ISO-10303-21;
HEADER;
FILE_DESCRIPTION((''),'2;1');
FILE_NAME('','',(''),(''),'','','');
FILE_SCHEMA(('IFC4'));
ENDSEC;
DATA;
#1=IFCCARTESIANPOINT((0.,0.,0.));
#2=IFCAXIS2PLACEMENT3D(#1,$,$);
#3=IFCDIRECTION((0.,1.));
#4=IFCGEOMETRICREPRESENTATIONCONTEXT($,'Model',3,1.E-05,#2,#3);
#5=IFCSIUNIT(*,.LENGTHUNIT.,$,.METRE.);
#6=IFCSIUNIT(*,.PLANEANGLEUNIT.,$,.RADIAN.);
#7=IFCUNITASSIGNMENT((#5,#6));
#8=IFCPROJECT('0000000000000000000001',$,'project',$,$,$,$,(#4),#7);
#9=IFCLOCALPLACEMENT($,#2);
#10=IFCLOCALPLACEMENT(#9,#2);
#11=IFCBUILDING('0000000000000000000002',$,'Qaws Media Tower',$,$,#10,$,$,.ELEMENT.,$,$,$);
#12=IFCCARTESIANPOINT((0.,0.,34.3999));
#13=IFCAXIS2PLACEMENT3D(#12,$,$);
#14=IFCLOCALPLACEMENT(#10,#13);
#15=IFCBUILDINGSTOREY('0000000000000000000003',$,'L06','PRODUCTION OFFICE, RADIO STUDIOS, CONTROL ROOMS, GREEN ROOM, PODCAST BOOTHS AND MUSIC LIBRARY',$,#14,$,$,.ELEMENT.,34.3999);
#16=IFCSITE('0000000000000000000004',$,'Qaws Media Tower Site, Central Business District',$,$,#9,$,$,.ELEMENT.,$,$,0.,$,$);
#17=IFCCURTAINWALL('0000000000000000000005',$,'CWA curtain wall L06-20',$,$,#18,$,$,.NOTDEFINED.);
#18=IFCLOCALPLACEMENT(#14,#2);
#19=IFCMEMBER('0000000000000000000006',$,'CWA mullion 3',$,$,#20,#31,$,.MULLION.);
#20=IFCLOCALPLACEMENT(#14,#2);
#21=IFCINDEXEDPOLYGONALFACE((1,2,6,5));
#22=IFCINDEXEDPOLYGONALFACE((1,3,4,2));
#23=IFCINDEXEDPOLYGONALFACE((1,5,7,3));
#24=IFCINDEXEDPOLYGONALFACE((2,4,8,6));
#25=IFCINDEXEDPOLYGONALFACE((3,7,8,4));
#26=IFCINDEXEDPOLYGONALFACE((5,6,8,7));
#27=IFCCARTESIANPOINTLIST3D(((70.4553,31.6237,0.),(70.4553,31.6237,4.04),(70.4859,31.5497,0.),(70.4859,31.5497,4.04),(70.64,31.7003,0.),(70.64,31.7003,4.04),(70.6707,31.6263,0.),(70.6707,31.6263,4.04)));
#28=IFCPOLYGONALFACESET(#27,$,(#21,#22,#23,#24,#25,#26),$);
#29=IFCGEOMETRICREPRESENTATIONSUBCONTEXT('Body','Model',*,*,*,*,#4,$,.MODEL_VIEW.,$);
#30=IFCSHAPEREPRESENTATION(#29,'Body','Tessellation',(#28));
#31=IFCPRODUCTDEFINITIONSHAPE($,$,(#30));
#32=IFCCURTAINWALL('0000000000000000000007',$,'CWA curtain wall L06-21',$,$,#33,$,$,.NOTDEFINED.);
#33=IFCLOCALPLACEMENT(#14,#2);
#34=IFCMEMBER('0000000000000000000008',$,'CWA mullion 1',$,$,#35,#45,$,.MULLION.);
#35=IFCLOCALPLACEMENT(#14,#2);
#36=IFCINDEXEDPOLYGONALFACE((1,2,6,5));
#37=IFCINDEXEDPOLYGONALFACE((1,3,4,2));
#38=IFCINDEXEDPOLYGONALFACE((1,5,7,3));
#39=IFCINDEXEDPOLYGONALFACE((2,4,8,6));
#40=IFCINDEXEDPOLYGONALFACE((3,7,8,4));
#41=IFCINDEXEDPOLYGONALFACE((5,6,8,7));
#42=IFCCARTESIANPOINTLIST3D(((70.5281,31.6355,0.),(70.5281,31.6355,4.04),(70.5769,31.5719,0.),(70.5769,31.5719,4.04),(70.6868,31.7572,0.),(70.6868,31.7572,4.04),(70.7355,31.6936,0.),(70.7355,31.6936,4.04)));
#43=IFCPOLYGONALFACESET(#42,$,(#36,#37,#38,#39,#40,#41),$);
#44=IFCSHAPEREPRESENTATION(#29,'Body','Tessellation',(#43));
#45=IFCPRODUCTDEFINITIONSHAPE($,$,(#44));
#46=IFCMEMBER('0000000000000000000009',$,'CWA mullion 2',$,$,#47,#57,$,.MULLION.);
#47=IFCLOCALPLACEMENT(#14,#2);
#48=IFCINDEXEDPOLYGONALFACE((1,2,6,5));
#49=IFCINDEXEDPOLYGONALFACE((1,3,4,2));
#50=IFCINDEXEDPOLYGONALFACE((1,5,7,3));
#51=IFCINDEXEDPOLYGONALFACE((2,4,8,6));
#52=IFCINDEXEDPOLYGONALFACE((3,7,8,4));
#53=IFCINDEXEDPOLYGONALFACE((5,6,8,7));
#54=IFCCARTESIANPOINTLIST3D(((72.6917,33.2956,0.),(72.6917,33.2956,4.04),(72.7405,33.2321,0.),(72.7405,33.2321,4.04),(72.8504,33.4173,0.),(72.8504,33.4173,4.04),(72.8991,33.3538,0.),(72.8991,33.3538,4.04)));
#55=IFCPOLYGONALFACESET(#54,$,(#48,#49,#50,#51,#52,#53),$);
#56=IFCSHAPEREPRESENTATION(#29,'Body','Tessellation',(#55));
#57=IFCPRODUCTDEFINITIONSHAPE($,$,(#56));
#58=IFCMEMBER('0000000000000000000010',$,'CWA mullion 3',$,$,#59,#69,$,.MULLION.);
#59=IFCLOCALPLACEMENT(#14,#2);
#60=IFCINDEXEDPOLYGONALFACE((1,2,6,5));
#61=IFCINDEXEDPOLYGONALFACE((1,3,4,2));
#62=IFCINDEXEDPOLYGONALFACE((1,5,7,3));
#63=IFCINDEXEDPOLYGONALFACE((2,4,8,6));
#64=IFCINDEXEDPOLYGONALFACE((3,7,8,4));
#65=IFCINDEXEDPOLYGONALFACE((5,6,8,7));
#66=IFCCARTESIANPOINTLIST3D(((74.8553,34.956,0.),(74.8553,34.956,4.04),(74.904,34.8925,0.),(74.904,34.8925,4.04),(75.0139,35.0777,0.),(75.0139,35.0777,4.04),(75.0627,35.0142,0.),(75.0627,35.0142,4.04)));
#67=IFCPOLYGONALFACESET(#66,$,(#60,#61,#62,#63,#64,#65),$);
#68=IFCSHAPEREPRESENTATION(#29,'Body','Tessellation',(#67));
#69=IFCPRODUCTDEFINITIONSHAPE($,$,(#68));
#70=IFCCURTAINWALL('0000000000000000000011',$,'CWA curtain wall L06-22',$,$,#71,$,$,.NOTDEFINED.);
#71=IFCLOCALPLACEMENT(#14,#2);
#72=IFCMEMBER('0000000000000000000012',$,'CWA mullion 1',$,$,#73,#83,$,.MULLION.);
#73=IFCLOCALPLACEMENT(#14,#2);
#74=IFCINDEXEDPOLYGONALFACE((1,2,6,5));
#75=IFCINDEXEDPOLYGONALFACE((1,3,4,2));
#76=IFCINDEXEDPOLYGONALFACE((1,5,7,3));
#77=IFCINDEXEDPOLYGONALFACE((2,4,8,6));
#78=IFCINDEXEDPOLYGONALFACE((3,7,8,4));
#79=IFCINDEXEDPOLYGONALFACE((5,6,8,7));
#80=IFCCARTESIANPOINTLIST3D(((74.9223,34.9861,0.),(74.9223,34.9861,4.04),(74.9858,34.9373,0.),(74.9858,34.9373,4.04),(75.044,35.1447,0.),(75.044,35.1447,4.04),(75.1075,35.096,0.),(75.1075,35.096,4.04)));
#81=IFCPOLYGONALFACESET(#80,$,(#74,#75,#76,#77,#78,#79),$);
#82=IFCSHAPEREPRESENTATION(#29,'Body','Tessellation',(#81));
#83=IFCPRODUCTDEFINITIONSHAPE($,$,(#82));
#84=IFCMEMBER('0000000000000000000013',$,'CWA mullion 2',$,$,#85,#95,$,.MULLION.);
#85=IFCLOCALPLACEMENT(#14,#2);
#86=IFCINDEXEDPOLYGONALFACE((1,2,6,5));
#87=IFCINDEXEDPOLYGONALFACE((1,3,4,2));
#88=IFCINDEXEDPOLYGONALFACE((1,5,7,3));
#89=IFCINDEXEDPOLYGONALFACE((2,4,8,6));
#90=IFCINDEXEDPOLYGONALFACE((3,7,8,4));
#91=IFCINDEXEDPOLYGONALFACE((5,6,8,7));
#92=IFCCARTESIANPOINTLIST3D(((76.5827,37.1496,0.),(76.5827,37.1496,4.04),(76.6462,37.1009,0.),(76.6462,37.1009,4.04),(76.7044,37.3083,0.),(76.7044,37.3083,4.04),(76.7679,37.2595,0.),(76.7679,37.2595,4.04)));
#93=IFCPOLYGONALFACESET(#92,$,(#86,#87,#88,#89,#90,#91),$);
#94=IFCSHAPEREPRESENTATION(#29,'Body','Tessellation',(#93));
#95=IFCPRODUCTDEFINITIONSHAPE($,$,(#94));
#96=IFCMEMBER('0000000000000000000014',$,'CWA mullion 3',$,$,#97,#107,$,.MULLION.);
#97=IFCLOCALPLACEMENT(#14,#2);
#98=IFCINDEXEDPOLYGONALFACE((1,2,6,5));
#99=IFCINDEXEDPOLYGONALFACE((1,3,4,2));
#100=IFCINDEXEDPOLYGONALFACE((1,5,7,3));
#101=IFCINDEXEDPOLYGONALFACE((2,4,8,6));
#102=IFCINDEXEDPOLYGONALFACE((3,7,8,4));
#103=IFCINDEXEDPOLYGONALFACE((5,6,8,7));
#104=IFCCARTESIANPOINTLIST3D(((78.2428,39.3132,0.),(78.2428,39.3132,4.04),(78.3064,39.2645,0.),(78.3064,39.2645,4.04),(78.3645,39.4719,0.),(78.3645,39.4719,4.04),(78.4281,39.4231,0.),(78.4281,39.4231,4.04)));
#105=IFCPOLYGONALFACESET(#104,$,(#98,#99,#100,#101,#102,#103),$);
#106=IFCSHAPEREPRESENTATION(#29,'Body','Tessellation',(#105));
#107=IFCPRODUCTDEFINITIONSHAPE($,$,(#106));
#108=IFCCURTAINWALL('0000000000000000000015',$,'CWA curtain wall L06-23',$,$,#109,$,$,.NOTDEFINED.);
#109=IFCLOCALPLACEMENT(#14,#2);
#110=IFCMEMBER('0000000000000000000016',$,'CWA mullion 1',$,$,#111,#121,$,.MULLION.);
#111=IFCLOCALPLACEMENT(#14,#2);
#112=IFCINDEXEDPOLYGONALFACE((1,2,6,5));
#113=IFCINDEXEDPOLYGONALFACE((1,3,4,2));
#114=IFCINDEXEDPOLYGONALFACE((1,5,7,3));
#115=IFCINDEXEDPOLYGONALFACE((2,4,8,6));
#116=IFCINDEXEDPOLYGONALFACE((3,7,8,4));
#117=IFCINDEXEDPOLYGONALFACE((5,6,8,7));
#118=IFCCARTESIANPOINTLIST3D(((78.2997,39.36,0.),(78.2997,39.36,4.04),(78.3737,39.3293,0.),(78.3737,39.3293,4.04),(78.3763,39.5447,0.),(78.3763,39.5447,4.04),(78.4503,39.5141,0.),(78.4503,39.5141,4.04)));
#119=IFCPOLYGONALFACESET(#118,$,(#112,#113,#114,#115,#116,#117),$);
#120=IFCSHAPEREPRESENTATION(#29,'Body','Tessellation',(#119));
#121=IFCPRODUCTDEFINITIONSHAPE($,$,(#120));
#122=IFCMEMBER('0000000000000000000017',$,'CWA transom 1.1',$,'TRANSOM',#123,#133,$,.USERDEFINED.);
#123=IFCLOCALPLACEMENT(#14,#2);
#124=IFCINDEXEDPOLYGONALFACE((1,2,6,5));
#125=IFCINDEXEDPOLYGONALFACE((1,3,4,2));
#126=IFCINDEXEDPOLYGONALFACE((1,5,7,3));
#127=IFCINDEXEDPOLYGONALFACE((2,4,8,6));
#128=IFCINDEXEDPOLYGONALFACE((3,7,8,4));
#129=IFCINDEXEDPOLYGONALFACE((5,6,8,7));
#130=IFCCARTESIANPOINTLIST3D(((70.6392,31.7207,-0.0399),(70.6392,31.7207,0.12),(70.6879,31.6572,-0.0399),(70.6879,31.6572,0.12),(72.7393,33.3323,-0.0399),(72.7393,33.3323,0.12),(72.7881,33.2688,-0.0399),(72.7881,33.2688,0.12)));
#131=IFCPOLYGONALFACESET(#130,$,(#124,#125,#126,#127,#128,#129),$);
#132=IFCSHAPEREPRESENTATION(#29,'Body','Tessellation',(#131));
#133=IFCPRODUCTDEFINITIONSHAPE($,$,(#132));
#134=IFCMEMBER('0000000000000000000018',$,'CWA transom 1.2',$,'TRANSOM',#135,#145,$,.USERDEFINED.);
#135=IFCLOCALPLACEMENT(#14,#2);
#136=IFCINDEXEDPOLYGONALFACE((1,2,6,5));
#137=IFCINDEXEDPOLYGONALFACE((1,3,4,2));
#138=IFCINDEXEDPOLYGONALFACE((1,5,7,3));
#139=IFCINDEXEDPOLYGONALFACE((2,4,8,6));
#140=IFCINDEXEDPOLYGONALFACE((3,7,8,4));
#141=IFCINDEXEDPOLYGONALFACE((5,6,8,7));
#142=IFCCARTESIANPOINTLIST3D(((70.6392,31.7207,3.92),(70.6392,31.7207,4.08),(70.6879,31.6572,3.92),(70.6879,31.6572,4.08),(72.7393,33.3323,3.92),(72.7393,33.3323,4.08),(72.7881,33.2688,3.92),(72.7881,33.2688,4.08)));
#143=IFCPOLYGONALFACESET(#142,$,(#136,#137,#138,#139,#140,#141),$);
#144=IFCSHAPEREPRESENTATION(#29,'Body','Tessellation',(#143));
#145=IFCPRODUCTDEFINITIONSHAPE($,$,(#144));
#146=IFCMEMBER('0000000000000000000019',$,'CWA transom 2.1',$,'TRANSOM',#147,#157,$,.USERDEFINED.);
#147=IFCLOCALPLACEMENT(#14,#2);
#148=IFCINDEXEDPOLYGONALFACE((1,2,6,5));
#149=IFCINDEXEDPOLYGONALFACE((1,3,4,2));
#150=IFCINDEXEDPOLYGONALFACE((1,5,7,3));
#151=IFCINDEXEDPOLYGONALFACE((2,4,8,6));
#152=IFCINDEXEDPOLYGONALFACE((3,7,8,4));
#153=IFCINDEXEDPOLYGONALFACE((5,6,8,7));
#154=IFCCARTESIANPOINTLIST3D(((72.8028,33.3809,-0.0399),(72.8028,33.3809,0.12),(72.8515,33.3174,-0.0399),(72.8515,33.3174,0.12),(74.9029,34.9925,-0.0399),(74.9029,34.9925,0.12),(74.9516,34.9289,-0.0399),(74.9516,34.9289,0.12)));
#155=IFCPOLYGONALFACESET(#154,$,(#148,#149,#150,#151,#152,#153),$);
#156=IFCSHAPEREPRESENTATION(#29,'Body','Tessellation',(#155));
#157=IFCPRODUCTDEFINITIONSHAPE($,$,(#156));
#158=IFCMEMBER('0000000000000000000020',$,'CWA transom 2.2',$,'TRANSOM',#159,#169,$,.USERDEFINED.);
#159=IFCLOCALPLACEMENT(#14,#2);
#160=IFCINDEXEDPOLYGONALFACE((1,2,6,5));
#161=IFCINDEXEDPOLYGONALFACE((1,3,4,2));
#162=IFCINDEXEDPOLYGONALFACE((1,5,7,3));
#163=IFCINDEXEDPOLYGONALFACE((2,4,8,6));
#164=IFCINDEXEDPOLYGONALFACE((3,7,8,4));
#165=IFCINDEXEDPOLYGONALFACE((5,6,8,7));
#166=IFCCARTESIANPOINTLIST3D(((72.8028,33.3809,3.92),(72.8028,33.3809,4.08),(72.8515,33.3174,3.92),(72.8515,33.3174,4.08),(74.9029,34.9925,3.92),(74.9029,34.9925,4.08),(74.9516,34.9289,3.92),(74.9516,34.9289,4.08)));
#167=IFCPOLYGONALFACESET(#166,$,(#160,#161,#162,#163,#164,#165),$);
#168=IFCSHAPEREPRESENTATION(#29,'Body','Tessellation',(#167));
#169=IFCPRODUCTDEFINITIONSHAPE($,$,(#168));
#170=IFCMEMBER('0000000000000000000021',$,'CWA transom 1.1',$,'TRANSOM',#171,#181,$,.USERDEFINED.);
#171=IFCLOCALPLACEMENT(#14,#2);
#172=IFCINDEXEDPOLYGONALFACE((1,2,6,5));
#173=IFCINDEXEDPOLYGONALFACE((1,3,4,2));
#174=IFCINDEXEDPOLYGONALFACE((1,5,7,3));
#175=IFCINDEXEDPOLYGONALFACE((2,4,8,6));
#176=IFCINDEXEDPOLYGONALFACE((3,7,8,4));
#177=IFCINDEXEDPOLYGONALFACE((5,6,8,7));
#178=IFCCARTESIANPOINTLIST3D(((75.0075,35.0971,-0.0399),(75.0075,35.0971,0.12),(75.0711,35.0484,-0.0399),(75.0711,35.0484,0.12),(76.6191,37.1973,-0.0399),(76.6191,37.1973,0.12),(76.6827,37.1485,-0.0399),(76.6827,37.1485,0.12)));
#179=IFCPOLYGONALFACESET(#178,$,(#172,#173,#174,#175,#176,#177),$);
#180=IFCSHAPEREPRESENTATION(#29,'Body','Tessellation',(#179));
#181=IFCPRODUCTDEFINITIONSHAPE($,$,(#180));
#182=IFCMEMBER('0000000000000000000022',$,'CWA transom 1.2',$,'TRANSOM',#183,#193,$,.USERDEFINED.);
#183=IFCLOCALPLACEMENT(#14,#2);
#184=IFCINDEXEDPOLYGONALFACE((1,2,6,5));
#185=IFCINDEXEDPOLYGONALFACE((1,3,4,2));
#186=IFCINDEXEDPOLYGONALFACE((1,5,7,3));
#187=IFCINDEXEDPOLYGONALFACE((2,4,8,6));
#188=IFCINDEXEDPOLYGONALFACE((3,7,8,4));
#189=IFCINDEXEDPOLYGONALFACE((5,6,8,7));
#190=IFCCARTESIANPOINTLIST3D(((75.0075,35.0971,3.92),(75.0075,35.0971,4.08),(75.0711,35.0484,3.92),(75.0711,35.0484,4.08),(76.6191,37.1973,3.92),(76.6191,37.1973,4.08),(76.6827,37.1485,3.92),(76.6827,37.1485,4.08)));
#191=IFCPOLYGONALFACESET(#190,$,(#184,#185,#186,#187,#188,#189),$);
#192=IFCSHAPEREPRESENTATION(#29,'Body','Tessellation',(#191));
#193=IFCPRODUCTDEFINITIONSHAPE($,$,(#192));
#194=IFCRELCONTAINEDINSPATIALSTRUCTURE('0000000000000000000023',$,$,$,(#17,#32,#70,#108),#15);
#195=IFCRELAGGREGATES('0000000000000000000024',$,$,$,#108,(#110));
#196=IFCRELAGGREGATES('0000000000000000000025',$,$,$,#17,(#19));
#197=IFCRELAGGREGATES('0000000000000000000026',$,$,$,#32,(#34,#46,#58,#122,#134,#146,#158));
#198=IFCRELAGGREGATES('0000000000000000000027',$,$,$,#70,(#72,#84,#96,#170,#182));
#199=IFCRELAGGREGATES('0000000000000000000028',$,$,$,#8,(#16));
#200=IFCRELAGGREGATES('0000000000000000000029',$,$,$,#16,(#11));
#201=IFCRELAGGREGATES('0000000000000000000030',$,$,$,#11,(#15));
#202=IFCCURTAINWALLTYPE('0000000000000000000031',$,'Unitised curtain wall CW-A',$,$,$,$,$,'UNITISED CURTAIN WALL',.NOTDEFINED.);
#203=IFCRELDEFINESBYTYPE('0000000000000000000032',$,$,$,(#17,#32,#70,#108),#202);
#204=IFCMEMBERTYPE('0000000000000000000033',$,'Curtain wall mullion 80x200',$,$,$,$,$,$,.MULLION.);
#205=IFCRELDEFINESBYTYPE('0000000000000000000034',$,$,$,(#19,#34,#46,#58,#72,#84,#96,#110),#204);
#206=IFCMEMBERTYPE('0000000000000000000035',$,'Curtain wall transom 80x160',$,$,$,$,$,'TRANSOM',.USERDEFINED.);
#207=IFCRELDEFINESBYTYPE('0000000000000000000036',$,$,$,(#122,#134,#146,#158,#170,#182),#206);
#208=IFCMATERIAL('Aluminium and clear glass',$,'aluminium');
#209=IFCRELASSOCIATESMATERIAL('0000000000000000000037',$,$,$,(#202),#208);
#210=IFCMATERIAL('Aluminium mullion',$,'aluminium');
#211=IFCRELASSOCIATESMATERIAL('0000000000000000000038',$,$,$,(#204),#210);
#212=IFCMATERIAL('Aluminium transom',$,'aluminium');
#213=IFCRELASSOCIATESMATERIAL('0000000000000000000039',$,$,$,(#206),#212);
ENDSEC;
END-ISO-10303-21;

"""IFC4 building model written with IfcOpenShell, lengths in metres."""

from ifc_helpers import new_model, si_unit, direction, frame, origin, origin_2d, place, context, subcontext, project, spatial, rectangle, extrude, material, material_profile, profile_set, type_object, element, aggregate, save


model = new_model("IFC4")

# Units and contexts
model_context = context("Model", 3, precision=1e-05, world=origin(), true_north=direction((0.0, 1.0)))
body_context = subcontext(model_context, "Body", "Model", "MODEL_VIEW")
ifc_project = project(units=[si_unit("LENGTHUNIT", "METRE"), si_unit("PLANEANGLEUNIT", "RADIAN")], contexts=[model_context])

# Site, building, storey
site_placement = place(None, origin())
site = spatial("IfcSite", under=ifc_project, at=site_placement, Name="Qaws Media Tower Site, Central Business District", CompositionType="ELEMENT", RefElevation=0.0)
building_placement = place(site_placement, origin())
building = spatial("IfcBuilding", under=site, at=building_placement, Name="Qaws Media Tower", CompositionType="ELEMENT")
storey_placement = place(building_placement, frame((0.0, 0.0, 34.3999)))
storey = spatial("IfcBuildingStorey", under=building, at=storey_placement, Name="L06", Description="PRODUCTION OFFICE, RADIO STUDIOS, CONTROL ROOMS, GREEN ROOM, PODCAST BOOTHS AND MUSIC LIBRARY", CompositionType="ELEMENT", Elevation=34.3999)

# Curtain wall, member
ifc_material_1 = material(Name="Aluminium and clear glass", Category="aluminium")
curtain_wall_type = type_object("IfcCurtainWallType", Name="Unitised curtain wall CW-A", ElementType="UNITISED CURTAIN WALL", PredefinedType="NOTDEFINED", material=ifc_material_1)
curtain_wall_1_placement = place(storey_placement, origin())
curtain_wall_1 = element("IfcCurtainWall", 1, at=curtain_wall_1_placement, inside=storey, type_object=curtain_wall_type, Name="CWA curtain wall L06-20", PredefinedType="NOTDEFINED")
ifc_material_2 = material(Name="Aluminium mullion", Category="aluminium")
ifc_material_profile_1 = material_profile(ifc_material_2, rectangle(XDim=0.0801, YDim=0.2, at=origin_2d()), Name="80x200")
ifc_profile_set_1 = profile_set([ifc_material_profile_1], Name="Aluminium mullion")
member_type_1 = type_object("IfcMemberType", Name="Curtain wall mullion 80x200", PredefinedType="MULLION", material=ifc_profile_set_1)
member_1_placement = place(storey_placement, frame((70.563, 31.625, 0.0), z_axis=(0.0, 0.0, 1.0), x_axis=(-0.382683, 0.92388, 0.0)))
member_1 = element("IfcMember", 2, at=member_1_placement, type_object=member_type_1, Name="CWA mullion 3", PredefinedType="MULLION", context=body_context, shape_type="SweptSolid", body=[
    extrude(rectangle(XDim=0.0801, YDim=0.2, at=origin_2d()), origin(), (0.0, 0.0, 1.0), 4.04),
])

# Curtain walls, members
curtain_wall_2_placement = place(storey_placement, origin())
curtain_wall_2 = element("IfcCurtainWall", 3, at=curtain_wall_2_placement, inside=storey, type_object=curtain_wall_type, Name="CWA curtain wall L06-21", PredefinedType="NOTDEFINED")
member_2_placement = place(storey_placement, frame((70.6318, 31.6646, 0.0), z_axis=(0.0, 0.0, 1.0), x_axis=(-0.608761, 0.793353, 0.0)))
member_2 = element("IfcMember", 4, at=member_2_placement, type_object=member_type_1, Name="CWA mullion 1", PredefinedType="MULLION", context=body_context, shape_type="SweptSolid", body=[
    extrude(rectangle(XDim=0.0801, YDim=0.2, at=origin_2d()), origin(), (0.0, 0.0, 1.0), 4.04),
])
member_3_placement = place(storey_placement, frame((72.7954, 33.3247, 0.0), z_axis=(0.0, 0.0, 1.0), x_axis=(-0.608761, 0.793353, 0.0)))
member_3 = element("IfcMember", 5, at=member_3_placement, type_object=member_type_1, Name="CWA mullion 2", PredefinedType="MULLION", context=body_context, shape_type="SweptSolid", body=[
    extrude(rectangle(XDim=0.0801, YDim=0.2, at=origin_2d()), origin(), (0.0, 0.0, 1.0), 4.04),
])
member_4_placement = place(storey_placement, frame((74.959, 34.9851, 0.0), z_axis=(0.0, 0.0, 1.0), x_axis=(-0.608761, 0.793353, 0.0)))
member_4 = element("IfcMember", 6, at=member_4_placement, type_object=member_type_1, Name="CWA mullion 3", PredefinedType="MULLION", context=body_context, shape_type="SweptSolid", body=[
    extrude(rectangle(XDim=0.0801, YDim=0.2, at=origin_2d()), origin(), (0.0, 0.0, 1.0), 4.04),
])
curtain_wall_3_placement = place(storey_placement, origin())
curtain_wall_3 = element("IfcCurtainWall", 7, at=curtain_wall_3_placement, inside=storey, type_object=curtain_wall_type, Name="CWA curtain wall L06-22", PredefinedType="NOTDEFINED")
member_5_placement = place(storey_placement, frame((75.0149, 35.041, 0.0), z_axis=(0.0, 0.0, 1.0), x_axis=(-0.793353, 0.608761, 0.0)))
member_5 = element("IfcMember", 8, at=member_5_placement, type_object=member_type_1, Name="CWA mullion 1", PredefinedType="MULLION", context=body_context, shape_type="SweptSolid", body=[
    extrude(rectangle(XDim=0.0801, YDim=0.2, at=origin_2d()), origin(), (0.0, 0.0, 1.0), 4.04),
])
member_6_placement = place(storey_placement, frame((76.6753, 37.2046, 0.0), z_axis=(0.0, 0.0, 1.0), x_axis=(-0.793353, 0.608761, 0.0)))
member_6 = element("IfcMember", 9, at=member_6_placement, type_object=member_type_1, Name="CWA mullion 2", PredefinedType="MULLION", context=body_context, shape_type="SweptSolid", body=[
    extrude(rectangle(XDim=0.0801, YDim=0.2, at=origin_2d()), origin(), (0.0, 0.0, 1.0), 4.04),
])
member_7_placement = place(storey_placement, frame((78.3354, 39.3682, 0.0), z_axis=(0.0, 0.0, 1.0), x_axis=(-0.793353, 0.608761, 0.0)))
member_7 = element("IfcMember", 10, at=member_7_placement, type_object=member_type_1, Name="CWA mullion 3", PredefinedType="MULLION", context=body_context, shape_type="SweptSolid", body=[
    extrude(rectangle(XDim=0.0801, YDim=0.2, at=origin_2d()), origin(), (0.0, 0.0, 1.0), 4.04),
])

# Curtain wall, member
curtain_wall_4_placement = place(storey_placement, origin())
curtain_wall_4 = element("IfcCurtainWall", 11, at=curtain_wall_4_placement, inside=storey, type_object=curtain_wall_type, Name="CWA curtain wall L06-23", PredefinedType="NOTDEFINED")
member_8_placement = place(storey_placement, frame((78.375, 39.437, 0.0), z_axis=(0.0, 0.0, 1.0), x_axis=(-0.92388, 0.382683, 0.0)))
member_8 = element("IfcMember", 12, at=member_8_placement, type_object=member_type_1, Name="CWA mullion 1", PredefinedType="MULLION", context=body_context, shape_type="SweptSolid", body=[
    extrude(rectangle(XDim=0.0801, YDim=0.2, at=origin_2d()), origin(), (0.0, 0.0, 1.0), 4.04),
])

# Members
ifc_material_3 = material(Name="Aluminium transom", Category="aluminium")
ifc_material_profile_2 = material_profile(ifc_material_3, rectangle(XDim=0.0801, YDim=0.1599, at=origin_2d()), Name="80x160")
ifc_profile_set_2 = profile_set([ifc_material_profile_2], Name="Aluminium transom")
member_type_2 = type_object("IfcMemberType", Name="Curtain wall transom 80x160", ElementType="TRANSOM", PredefinedType="USERDEFINED", material=ifc_profile_set_2)
member_9_placement = place(storey_placement, frame((70.6636, 31.689, 0.04), z_axis=(0.793333, 0.608788, 0.0), x_axis=(-0.608788, 0.793333, 0.0)))
member_9 = element("IfcMember", 13, at=member_9_placement, type_object=member_type_2, Name="CWA transom 1.1", ObjectType="TRANSOM", PredefinedType="USERDEFINED", context=body_context, shape_type="SweptSolid", body=[
    extrude(rectangle(XDim=0.0801, YDim=0.1599, at=origin_2d()), origin(), (0.0, 0.0, 1.0), 2.6472),
])
member_10_placement = place(storey_placement, frame((70.6636, 31.689, 4.0), z_axis=(0.793333, 0.608788, 0.0), x_axis=(-0.608788, 0.793333, 0.0)))
member_10 = element("IfcMember", 14, at=member_10_placement, type_object=member_type_2, Name="CWA transom 1.2", ObjectType="TRANSOM", PredefinedType="USERDEFINED", context=body_context, shape_type="SweptSolid", body=[
    extrude(rectangle(XDim=0.0801, YDim=0.1599, at=origin_2d()), origin(), (0.0, 0.0, 1.0), 2.6472),
])
member_11_placement = place(storey_placement, frame((72.8271, 33.3491, 0.04), z_axis=(0.793333, 0.608788, 0.0), x_axis=(-0.608788, 0.793333, 0.0)))
member_11 = element("IfcMember", 15, at=member_11_placement, type_object=member_type_2, Name="CWA transom 2.1", ObjectType="TRANSOM", PredefinedType="USERDEFINED", context=body_context, shape_type="SweptSolid", body=[
    extrude(rectangle(XDim=0.0801, YDim=0.1599, at=origin_2d()), origin(), (0.0, 0.0, 1.0), 2.6472),
])
member_12_placement = place(storey_placement, frame((72.8271, 33.3491, 4.0), z_axis=(0.793333, 0.608788, 0.0), x_axis=(-0.608788, 0.793333, 0.0)))
member_12 = element("IfcMember", 16, at=member_12_placement, type_object=member_type_2, Name="CWA transom 2.2", ObjectType="TRANSOM", PredefinedType="USERDEFINED", context=body_context, shape_type="SweptSolid", body=[
    extrude(rectangle(XDim=0.0801, YDim=0.1599, at=origin_2d()), origin(), (0.0, 0.0, 1.0), 2.6472),
])
member_13_placement = place(storey_placement, frame((75.0393, 35.0728, 0.04), z_axis=(0.608788, 0.793333, 0.0), x_axis=(-0.793333, 0.608788, 0.0)))
member_13 = element("IfcMember", 17, at=member_13_placement, type_object=member_type_2, Name="CWA transom 1.1", ObjectType="TRANSOM", PredefinedType="USERDEFINED", context=body_context, shape_type="SweptSolid", body=[
    extrude(rectangle(XDim=0.0801, YDim=0.1599, at=origin_2d()), origin(), (0.0, 0.0, 1.0), 2.6472),
])
member_14_placement = place(storey_placement, frame((75.0393, 35.0728, 4.0), z_axis=(0.608788, 0.793333, 0.0), x_axis=(-0.793333, 0.608788, 0.0)))
member_14 = element("IfcMember", 18, at=member_14_placement, type_object=member_type_2, Name="CWA transom 1.2", ObjectType="TRANSOM", PredefinedType="USERDEFINED", context=body_context, shape_type="SweptSolid", body=[
    extrude(rectangle(XDim=0.0801, YDim=0.1599, at=origin_2d()), origin(), (0.0, 0.0, 1.0), 2.6472),
])
aggregate(curtain_wall_4, [member_8])

aggregate(curtain_wall_1, [member_1])
aggregate(curtain_wall_2, [member_2, member_3, member_4, member_9, member_10, member_11, member_12])
aggregate(curtain_wall_3, [member_5, member_6, member_7, member_13, member_14])

save(model, "model.ifc")
